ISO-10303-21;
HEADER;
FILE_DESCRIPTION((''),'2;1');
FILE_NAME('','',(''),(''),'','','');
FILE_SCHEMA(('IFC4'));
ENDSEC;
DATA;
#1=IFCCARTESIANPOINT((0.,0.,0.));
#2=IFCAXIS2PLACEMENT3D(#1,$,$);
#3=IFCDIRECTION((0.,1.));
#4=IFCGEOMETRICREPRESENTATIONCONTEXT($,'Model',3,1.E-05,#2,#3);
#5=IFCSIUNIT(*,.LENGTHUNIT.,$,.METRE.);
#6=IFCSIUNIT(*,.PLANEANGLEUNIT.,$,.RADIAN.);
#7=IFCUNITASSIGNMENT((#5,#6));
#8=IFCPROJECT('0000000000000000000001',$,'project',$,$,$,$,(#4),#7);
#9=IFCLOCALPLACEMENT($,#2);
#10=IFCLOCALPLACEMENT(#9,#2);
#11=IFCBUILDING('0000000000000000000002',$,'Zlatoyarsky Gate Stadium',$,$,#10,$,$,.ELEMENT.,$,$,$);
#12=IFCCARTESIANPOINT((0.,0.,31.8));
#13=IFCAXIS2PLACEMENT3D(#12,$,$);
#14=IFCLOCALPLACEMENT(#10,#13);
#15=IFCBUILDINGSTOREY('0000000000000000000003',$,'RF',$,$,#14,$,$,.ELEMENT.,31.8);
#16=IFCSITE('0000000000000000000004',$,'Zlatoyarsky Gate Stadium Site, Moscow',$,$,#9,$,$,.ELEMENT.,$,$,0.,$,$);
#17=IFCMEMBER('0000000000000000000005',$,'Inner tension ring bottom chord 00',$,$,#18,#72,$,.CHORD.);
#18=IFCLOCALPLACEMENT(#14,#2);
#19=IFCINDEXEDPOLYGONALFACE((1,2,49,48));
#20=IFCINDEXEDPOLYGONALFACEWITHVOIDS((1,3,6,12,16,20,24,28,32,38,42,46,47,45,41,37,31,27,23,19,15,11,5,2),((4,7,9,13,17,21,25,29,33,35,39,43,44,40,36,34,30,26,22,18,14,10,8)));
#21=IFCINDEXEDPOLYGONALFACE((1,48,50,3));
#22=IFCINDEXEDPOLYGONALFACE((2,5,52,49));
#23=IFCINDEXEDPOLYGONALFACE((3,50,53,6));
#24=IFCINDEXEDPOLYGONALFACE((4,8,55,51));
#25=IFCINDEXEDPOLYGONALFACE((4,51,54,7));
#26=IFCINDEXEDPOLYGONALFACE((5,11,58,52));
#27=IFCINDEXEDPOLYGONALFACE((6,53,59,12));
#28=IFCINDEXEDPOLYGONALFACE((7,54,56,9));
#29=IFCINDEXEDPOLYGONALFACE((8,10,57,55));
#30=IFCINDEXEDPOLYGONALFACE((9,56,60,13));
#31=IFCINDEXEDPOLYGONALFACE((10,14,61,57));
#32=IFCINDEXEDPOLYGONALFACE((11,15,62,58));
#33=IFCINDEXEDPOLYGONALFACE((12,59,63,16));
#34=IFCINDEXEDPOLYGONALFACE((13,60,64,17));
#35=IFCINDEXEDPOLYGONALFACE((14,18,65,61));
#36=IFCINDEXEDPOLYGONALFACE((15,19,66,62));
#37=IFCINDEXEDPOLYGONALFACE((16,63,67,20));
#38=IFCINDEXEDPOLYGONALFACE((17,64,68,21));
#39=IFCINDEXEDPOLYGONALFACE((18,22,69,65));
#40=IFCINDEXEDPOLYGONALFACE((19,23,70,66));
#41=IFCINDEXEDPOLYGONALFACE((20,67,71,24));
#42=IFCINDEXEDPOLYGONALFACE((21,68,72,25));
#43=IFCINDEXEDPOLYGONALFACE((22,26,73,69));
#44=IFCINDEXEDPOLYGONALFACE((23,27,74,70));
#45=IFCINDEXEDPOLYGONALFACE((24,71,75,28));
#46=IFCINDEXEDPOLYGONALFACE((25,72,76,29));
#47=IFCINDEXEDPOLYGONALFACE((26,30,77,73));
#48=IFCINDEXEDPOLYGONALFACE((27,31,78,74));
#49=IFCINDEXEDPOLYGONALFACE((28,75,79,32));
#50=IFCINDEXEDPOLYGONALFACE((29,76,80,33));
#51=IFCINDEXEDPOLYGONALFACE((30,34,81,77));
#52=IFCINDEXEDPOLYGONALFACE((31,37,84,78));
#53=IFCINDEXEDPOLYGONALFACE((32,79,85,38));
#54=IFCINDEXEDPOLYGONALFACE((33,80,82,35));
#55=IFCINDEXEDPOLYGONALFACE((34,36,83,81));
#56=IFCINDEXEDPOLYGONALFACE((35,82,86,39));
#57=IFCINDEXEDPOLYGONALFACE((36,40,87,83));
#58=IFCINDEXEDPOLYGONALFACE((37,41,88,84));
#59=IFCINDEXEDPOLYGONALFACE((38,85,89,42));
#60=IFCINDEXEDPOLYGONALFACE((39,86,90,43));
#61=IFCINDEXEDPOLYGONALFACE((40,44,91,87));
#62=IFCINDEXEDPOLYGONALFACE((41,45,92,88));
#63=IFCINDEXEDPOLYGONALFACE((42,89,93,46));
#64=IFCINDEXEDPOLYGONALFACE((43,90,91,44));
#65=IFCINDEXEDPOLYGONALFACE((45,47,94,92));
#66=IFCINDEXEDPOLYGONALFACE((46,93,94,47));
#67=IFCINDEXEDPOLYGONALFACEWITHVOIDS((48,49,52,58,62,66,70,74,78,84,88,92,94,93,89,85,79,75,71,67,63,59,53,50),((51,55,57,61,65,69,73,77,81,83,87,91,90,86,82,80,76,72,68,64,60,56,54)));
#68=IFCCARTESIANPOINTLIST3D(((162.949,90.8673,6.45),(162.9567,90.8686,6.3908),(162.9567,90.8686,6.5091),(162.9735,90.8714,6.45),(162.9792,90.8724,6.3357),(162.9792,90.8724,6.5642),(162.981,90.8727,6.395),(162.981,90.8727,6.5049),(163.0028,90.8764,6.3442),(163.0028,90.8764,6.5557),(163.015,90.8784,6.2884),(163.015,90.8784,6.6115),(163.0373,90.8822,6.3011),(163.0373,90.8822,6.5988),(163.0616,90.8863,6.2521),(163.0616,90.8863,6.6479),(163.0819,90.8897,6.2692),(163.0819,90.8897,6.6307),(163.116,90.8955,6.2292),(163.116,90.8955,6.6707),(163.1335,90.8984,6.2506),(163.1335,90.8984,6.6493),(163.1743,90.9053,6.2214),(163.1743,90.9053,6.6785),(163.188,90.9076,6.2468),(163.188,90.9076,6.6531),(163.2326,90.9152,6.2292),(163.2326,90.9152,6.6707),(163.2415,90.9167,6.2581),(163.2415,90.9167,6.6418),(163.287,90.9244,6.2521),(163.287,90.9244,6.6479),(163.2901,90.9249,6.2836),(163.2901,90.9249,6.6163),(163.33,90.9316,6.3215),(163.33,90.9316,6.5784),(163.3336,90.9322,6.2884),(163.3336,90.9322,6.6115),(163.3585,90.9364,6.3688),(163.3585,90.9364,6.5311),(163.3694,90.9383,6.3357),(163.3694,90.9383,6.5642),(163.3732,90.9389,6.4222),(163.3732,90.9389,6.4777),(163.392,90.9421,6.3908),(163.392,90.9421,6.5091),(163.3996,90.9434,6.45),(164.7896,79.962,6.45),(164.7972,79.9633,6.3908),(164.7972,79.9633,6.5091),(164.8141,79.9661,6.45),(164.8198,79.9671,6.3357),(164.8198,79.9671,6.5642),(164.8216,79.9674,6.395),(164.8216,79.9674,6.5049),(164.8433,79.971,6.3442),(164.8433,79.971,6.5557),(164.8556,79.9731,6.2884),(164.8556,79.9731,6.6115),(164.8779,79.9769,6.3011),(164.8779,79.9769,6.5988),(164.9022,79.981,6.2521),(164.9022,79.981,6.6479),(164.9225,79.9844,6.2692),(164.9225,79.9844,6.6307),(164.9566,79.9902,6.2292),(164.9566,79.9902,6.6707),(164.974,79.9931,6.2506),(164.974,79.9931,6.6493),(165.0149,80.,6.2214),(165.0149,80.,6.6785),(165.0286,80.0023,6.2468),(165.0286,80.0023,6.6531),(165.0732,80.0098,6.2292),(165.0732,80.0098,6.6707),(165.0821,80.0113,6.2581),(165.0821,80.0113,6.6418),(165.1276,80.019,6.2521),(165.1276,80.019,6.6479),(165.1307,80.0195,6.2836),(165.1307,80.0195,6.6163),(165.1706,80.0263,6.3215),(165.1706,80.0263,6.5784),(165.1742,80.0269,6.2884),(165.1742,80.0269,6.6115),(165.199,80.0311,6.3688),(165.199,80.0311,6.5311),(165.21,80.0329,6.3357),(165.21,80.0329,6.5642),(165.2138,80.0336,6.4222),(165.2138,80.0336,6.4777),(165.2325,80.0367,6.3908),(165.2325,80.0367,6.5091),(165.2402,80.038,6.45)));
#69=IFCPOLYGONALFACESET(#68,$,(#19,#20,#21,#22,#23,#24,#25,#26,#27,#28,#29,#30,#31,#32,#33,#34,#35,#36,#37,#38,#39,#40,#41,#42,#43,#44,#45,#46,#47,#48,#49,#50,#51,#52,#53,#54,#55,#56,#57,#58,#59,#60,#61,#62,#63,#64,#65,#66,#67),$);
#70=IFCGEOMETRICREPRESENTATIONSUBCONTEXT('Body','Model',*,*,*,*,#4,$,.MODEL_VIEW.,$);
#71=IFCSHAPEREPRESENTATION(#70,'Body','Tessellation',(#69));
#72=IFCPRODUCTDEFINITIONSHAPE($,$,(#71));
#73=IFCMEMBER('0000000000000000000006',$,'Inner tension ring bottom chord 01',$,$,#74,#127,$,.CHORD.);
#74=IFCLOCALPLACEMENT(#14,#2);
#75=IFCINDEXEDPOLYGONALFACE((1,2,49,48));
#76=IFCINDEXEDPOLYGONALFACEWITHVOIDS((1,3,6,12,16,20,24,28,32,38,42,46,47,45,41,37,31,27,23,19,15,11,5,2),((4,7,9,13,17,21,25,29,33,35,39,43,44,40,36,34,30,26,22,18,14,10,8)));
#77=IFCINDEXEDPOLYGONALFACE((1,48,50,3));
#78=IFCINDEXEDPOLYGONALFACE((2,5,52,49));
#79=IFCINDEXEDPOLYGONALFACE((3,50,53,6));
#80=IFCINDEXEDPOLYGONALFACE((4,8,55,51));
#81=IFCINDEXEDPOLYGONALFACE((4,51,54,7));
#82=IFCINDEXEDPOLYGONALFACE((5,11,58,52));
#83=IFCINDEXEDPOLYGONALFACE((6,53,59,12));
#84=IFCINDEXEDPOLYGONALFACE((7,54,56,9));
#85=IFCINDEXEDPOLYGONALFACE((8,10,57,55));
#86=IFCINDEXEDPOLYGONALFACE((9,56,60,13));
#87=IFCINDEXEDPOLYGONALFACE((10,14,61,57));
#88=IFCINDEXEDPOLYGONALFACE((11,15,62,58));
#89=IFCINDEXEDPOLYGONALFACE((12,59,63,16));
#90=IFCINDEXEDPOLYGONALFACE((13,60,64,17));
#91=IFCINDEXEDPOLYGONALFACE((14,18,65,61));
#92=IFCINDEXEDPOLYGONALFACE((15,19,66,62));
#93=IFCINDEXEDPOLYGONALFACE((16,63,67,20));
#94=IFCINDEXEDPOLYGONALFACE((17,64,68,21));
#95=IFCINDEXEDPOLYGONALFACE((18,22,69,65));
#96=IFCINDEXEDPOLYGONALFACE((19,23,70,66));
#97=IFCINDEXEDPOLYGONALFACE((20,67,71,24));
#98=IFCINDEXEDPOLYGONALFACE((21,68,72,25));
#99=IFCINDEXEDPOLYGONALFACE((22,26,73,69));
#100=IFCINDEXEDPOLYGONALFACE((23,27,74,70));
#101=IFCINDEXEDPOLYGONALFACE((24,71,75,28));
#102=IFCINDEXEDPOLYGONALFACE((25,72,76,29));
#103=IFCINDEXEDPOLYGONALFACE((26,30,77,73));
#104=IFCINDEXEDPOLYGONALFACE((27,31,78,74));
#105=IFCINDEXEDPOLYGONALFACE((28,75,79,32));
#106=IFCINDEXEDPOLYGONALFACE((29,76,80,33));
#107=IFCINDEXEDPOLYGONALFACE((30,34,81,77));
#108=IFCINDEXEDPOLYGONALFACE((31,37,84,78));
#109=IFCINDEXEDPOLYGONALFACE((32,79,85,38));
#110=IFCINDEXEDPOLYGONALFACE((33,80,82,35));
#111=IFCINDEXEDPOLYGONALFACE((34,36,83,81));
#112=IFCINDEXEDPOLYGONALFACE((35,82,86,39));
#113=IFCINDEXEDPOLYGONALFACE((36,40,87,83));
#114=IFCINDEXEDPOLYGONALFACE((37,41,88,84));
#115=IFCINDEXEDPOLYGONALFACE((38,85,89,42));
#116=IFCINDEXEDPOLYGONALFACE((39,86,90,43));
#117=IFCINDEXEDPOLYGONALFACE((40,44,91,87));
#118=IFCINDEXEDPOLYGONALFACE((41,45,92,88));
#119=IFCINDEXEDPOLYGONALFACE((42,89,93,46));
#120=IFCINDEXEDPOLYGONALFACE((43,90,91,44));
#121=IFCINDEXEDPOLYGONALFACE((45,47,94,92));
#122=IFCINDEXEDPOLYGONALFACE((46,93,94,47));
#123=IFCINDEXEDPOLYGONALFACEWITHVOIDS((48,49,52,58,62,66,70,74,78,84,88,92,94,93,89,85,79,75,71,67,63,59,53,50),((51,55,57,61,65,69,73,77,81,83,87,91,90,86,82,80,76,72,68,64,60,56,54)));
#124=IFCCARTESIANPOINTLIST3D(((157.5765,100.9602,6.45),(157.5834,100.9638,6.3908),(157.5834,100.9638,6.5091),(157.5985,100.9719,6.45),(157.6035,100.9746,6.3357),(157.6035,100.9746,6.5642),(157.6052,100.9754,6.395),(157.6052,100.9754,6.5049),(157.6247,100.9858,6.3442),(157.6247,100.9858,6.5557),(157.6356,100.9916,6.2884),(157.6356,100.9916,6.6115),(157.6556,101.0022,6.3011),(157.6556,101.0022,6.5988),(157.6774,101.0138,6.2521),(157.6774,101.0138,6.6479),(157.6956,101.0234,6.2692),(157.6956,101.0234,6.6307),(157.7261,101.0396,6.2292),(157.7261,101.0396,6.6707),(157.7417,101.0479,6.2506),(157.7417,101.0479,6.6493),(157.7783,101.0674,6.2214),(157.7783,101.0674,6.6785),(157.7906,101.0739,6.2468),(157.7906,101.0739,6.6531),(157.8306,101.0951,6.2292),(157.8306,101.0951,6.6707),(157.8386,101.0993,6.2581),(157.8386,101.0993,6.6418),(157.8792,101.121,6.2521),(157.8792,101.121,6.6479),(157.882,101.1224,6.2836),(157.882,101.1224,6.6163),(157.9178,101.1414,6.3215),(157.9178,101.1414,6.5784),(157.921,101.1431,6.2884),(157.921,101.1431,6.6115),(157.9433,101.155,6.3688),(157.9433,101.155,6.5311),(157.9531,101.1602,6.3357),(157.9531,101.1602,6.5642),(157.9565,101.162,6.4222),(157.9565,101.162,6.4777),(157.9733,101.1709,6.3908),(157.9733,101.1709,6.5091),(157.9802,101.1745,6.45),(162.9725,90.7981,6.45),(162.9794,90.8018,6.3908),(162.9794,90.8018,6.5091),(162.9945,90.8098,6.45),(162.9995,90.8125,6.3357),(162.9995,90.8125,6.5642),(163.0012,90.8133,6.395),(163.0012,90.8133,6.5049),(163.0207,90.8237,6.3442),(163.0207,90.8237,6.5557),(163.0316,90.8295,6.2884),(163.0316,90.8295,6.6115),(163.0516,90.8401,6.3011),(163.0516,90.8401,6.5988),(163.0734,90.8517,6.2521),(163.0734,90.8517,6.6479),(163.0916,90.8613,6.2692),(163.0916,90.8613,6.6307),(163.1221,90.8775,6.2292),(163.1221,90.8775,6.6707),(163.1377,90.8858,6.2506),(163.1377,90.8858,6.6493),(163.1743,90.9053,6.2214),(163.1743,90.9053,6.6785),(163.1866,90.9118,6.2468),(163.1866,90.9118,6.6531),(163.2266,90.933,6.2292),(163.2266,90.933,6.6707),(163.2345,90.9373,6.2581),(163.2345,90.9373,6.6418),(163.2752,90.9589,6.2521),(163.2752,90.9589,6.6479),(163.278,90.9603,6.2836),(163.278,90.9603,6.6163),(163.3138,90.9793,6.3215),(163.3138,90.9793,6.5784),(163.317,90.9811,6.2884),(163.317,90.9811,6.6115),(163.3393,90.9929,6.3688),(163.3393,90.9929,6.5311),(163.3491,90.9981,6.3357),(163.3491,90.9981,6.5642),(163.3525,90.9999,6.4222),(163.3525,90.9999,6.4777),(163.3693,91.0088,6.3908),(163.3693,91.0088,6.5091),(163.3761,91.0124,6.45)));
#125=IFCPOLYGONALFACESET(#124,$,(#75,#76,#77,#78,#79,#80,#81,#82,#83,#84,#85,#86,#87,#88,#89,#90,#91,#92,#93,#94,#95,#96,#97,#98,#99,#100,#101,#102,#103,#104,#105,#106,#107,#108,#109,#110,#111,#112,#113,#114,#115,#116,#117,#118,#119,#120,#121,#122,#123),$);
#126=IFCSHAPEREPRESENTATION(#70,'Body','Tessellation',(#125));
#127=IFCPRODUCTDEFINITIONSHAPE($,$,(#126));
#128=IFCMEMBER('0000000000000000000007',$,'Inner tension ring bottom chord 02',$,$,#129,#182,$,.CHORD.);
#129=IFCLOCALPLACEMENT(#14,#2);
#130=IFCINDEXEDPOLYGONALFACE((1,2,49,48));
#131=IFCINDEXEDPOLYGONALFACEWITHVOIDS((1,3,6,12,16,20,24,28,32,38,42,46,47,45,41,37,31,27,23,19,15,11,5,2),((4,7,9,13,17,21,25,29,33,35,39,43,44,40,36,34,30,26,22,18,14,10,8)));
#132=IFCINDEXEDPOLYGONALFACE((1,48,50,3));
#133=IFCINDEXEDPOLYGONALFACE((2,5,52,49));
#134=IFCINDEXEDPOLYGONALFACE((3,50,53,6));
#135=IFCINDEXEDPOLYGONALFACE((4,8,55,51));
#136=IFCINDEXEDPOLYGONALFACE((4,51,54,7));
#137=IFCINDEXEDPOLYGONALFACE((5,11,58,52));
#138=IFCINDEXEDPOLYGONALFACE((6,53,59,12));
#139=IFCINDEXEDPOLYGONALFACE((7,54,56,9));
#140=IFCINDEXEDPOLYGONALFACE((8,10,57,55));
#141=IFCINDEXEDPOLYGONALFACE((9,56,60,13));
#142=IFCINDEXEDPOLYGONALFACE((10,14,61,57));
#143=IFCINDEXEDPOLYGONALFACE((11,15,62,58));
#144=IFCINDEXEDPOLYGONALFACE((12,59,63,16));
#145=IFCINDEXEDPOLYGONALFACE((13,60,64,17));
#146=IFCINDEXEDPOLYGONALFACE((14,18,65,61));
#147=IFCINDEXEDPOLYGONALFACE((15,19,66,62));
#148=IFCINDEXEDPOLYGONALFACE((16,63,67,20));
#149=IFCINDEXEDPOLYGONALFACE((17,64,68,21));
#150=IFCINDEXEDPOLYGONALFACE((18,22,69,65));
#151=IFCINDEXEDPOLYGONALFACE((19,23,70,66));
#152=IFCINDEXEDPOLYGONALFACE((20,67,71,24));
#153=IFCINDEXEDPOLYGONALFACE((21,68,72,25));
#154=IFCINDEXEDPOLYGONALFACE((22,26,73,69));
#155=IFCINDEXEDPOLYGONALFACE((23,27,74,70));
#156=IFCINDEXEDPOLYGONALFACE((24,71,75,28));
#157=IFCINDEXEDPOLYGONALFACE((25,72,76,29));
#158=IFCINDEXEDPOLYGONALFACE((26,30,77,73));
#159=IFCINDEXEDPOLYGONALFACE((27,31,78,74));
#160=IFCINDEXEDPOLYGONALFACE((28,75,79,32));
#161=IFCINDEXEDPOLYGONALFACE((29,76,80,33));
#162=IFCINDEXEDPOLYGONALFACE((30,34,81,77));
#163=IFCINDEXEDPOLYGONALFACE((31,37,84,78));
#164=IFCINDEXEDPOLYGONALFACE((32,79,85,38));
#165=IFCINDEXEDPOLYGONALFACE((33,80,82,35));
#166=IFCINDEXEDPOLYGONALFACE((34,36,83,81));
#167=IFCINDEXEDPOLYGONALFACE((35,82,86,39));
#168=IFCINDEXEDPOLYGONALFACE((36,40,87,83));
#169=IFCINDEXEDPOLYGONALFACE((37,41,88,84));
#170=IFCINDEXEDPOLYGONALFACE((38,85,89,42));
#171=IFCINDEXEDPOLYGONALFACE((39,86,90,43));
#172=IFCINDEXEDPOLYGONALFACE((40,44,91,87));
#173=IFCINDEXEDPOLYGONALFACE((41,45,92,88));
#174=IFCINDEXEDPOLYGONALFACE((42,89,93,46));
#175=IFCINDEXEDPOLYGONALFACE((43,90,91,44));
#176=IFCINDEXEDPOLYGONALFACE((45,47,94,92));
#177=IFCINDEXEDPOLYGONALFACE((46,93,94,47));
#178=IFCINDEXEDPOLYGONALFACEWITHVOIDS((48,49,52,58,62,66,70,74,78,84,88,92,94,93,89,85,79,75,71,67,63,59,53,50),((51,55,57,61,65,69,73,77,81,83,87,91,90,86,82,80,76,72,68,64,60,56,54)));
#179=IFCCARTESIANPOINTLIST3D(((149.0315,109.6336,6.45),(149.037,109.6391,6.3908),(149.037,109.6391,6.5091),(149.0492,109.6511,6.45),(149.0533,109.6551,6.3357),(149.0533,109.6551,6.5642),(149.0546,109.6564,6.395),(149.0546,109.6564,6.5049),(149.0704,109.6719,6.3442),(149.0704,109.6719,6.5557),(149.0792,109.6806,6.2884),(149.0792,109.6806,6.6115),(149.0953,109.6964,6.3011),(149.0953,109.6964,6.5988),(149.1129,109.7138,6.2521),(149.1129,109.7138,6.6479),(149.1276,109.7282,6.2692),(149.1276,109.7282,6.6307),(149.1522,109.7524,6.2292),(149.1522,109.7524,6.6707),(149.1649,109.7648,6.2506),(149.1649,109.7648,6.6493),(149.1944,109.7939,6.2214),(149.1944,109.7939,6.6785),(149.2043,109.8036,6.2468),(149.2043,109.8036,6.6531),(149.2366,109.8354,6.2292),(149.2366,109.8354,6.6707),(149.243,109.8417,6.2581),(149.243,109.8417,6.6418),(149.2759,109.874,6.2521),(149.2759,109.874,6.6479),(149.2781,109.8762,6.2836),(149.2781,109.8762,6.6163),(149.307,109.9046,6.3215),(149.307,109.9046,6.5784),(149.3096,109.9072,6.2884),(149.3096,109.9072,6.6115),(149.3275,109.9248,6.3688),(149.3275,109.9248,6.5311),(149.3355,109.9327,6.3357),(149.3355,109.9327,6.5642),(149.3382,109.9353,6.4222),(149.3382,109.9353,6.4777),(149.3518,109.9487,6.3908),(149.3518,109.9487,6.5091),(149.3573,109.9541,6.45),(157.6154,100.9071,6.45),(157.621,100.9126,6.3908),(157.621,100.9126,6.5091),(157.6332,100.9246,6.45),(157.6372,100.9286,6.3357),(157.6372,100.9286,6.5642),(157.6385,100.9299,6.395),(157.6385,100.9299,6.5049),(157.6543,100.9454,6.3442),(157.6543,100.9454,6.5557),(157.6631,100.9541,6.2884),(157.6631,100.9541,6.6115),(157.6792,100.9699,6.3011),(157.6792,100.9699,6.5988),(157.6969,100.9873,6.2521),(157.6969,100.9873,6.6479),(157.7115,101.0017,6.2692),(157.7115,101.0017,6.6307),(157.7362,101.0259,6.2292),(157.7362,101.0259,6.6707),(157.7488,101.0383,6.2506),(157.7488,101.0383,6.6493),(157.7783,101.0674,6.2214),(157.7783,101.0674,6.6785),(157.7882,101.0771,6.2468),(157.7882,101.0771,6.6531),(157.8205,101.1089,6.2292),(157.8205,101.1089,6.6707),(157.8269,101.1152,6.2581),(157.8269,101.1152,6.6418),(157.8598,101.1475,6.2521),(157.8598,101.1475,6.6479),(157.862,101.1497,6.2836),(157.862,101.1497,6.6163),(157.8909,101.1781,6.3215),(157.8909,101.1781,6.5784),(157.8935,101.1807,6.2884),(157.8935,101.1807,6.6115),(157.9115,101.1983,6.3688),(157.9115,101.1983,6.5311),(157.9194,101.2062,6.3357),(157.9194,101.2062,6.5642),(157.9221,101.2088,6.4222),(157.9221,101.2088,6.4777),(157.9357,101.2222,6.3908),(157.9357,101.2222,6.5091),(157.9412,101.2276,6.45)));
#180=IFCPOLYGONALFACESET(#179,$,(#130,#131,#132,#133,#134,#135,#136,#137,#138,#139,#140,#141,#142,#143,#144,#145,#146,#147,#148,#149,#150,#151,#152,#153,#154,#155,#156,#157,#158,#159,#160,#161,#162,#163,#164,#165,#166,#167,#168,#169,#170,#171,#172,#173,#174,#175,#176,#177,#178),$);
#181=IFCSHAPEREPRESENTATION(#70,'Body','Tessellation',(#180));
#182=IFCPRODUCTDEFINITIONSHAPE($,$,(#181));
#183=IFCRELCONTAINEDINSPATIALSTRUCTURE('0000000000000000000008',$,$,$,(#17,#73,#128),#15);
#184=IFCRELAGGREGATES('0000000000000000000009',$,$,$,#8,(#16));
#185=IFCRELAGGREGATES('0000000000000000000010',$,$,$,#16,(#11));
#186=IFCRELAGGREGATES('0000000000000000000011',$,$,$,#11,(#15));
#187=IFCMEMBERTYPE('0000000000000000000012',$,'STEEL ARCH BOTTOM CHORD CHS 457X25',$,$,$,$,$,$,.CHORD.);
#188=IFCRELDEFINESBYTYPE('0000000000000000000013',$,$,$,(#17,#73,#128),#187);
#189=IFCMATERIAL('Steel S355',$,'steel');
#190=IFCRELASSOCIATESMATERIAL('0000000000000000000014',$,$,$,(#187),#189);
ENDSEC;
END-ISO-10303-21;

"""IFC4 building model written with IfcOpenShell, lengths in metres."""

from ifc_helpers import new_model, si_unit, direction, frame, origin, origin_2d, place, context, subcontext, project, spatial, hollow_circle, extrude, material, material_profile, profile_set, type_object, element, save


model = new_model("IFC4")

# Units and contexts
model_context = context("Model", 3, precision=1e-05, world=origin(), true_north=direction((0.0, 1.0)))
body_context = subcontext(model_context, "Body", "Model", "MODEL_VIEW")
ifc_project = project(units=[si_unit("LENGTHUNIT", "METRE"), si_unit("PLANEANGLEUNIT", "RADIAN")], contexts=[model_context])

# Site, building, storey
site_placement = place(None, origin())
site = spatial("IfcSite", under=ifc_project, at=site_placement, Name="Zlatoyarsky Gate Stadium Site, Moscow", CompositionType="ELEMENT", RefElevation=0.0)
building_placement = place(site_placement, origin())
building = spatial("IfcBuilding", under=site, at=building_placement, Name="Zlatoyarsky Gate Stadium", CompositionType="ELEMENT")
storey_placement = place(building_placement, frame((0.0, 0.0, 31.8)))
storey = spatial("IfcBuildingStorey", under=building, at=storey_placement, Name="RF", CompositionType="ELEMENT", Elevation=31.8)

# Members
ifc_material = material(Name="Steel S355", Category="steel")
ifc_material_profile_1 = material_profile(ifc_material, hollow_circle(Radius=0.2285, WallThickness=0.0249, at=origin_2d()), Name="CHS 457X25")
ifc_profile_set_1 = profile_set([ifc_material_profile_1], Name="Steel S355")
member_type_1 = type_object("IfcMemberType", Name="STEEL ARCH BOTTOM CHORD CHS 457X25", PredefinedType="CHORD", material=ifc_profile_set_1)
member_1_placement = place(storey_placement, frame((165.0149, 80.0, 6.45), z_axis=(-0.166425, 0.986054, 0.0), x_axis=(-0.986054, -0.166425, 0.0)))
element("IfcMember", 1, at=member_1_placement, inside=storey, type_object=member_type_1, Name="Inner tension ring bottom chord 00", PredefinedType="CHORD", context=body_context, shape_type="SweptSolid", body=[
    extrude(hollow_circle(Radius=0.2285, WallThickness=0.0249, at=origin_2d()), origin(), (0.0, 0.0, 1.0), 11.0596),
])
member_2_placement = place(storey_placement, frame((163.1743, 90.9053, 6.45), z_axis=(-0.468977, 0.88321, 0.0), x_axis=(-0.88321, -0.468977, 0.0)))
element("IfcMember", 2, at=member_2_placement, inside=storey, type_object=member_type_1, Name="Inner tension ring bottom chord 01", PredefinedType="CHORD", context=body_context, shape_type="SweptSolid", body=[
    extrude(hollow_circle(Radius=0.2285, WallThickness=0.0249, at=origin_2d()), origin(), (0.0, 0.0, 1.0), 11.5059),
])
member_3_placement = place(storey_placement, frame((157.7783, 101.0674, 6.45), z_axis=(-0.701259, 0.712907, 0.0), x_axis=(-0.712907, -0.701259, 0.0)))
element("IfcMember", 3, at=member_3_placement, inside=storey, type_object=member_type_1, Name="Inner tension ring bottom chord 02", PredefinedType="CHORD", context=body_context, shape_type="SweptSolid", body=[
    extrude(hollow_circle(Radius=0.2285, WallThickness=0.0249, at=origin_2d()), origin(), (0.0, 0.0, 1.0), 12.2407),
])

save(model, "model.ifc")
